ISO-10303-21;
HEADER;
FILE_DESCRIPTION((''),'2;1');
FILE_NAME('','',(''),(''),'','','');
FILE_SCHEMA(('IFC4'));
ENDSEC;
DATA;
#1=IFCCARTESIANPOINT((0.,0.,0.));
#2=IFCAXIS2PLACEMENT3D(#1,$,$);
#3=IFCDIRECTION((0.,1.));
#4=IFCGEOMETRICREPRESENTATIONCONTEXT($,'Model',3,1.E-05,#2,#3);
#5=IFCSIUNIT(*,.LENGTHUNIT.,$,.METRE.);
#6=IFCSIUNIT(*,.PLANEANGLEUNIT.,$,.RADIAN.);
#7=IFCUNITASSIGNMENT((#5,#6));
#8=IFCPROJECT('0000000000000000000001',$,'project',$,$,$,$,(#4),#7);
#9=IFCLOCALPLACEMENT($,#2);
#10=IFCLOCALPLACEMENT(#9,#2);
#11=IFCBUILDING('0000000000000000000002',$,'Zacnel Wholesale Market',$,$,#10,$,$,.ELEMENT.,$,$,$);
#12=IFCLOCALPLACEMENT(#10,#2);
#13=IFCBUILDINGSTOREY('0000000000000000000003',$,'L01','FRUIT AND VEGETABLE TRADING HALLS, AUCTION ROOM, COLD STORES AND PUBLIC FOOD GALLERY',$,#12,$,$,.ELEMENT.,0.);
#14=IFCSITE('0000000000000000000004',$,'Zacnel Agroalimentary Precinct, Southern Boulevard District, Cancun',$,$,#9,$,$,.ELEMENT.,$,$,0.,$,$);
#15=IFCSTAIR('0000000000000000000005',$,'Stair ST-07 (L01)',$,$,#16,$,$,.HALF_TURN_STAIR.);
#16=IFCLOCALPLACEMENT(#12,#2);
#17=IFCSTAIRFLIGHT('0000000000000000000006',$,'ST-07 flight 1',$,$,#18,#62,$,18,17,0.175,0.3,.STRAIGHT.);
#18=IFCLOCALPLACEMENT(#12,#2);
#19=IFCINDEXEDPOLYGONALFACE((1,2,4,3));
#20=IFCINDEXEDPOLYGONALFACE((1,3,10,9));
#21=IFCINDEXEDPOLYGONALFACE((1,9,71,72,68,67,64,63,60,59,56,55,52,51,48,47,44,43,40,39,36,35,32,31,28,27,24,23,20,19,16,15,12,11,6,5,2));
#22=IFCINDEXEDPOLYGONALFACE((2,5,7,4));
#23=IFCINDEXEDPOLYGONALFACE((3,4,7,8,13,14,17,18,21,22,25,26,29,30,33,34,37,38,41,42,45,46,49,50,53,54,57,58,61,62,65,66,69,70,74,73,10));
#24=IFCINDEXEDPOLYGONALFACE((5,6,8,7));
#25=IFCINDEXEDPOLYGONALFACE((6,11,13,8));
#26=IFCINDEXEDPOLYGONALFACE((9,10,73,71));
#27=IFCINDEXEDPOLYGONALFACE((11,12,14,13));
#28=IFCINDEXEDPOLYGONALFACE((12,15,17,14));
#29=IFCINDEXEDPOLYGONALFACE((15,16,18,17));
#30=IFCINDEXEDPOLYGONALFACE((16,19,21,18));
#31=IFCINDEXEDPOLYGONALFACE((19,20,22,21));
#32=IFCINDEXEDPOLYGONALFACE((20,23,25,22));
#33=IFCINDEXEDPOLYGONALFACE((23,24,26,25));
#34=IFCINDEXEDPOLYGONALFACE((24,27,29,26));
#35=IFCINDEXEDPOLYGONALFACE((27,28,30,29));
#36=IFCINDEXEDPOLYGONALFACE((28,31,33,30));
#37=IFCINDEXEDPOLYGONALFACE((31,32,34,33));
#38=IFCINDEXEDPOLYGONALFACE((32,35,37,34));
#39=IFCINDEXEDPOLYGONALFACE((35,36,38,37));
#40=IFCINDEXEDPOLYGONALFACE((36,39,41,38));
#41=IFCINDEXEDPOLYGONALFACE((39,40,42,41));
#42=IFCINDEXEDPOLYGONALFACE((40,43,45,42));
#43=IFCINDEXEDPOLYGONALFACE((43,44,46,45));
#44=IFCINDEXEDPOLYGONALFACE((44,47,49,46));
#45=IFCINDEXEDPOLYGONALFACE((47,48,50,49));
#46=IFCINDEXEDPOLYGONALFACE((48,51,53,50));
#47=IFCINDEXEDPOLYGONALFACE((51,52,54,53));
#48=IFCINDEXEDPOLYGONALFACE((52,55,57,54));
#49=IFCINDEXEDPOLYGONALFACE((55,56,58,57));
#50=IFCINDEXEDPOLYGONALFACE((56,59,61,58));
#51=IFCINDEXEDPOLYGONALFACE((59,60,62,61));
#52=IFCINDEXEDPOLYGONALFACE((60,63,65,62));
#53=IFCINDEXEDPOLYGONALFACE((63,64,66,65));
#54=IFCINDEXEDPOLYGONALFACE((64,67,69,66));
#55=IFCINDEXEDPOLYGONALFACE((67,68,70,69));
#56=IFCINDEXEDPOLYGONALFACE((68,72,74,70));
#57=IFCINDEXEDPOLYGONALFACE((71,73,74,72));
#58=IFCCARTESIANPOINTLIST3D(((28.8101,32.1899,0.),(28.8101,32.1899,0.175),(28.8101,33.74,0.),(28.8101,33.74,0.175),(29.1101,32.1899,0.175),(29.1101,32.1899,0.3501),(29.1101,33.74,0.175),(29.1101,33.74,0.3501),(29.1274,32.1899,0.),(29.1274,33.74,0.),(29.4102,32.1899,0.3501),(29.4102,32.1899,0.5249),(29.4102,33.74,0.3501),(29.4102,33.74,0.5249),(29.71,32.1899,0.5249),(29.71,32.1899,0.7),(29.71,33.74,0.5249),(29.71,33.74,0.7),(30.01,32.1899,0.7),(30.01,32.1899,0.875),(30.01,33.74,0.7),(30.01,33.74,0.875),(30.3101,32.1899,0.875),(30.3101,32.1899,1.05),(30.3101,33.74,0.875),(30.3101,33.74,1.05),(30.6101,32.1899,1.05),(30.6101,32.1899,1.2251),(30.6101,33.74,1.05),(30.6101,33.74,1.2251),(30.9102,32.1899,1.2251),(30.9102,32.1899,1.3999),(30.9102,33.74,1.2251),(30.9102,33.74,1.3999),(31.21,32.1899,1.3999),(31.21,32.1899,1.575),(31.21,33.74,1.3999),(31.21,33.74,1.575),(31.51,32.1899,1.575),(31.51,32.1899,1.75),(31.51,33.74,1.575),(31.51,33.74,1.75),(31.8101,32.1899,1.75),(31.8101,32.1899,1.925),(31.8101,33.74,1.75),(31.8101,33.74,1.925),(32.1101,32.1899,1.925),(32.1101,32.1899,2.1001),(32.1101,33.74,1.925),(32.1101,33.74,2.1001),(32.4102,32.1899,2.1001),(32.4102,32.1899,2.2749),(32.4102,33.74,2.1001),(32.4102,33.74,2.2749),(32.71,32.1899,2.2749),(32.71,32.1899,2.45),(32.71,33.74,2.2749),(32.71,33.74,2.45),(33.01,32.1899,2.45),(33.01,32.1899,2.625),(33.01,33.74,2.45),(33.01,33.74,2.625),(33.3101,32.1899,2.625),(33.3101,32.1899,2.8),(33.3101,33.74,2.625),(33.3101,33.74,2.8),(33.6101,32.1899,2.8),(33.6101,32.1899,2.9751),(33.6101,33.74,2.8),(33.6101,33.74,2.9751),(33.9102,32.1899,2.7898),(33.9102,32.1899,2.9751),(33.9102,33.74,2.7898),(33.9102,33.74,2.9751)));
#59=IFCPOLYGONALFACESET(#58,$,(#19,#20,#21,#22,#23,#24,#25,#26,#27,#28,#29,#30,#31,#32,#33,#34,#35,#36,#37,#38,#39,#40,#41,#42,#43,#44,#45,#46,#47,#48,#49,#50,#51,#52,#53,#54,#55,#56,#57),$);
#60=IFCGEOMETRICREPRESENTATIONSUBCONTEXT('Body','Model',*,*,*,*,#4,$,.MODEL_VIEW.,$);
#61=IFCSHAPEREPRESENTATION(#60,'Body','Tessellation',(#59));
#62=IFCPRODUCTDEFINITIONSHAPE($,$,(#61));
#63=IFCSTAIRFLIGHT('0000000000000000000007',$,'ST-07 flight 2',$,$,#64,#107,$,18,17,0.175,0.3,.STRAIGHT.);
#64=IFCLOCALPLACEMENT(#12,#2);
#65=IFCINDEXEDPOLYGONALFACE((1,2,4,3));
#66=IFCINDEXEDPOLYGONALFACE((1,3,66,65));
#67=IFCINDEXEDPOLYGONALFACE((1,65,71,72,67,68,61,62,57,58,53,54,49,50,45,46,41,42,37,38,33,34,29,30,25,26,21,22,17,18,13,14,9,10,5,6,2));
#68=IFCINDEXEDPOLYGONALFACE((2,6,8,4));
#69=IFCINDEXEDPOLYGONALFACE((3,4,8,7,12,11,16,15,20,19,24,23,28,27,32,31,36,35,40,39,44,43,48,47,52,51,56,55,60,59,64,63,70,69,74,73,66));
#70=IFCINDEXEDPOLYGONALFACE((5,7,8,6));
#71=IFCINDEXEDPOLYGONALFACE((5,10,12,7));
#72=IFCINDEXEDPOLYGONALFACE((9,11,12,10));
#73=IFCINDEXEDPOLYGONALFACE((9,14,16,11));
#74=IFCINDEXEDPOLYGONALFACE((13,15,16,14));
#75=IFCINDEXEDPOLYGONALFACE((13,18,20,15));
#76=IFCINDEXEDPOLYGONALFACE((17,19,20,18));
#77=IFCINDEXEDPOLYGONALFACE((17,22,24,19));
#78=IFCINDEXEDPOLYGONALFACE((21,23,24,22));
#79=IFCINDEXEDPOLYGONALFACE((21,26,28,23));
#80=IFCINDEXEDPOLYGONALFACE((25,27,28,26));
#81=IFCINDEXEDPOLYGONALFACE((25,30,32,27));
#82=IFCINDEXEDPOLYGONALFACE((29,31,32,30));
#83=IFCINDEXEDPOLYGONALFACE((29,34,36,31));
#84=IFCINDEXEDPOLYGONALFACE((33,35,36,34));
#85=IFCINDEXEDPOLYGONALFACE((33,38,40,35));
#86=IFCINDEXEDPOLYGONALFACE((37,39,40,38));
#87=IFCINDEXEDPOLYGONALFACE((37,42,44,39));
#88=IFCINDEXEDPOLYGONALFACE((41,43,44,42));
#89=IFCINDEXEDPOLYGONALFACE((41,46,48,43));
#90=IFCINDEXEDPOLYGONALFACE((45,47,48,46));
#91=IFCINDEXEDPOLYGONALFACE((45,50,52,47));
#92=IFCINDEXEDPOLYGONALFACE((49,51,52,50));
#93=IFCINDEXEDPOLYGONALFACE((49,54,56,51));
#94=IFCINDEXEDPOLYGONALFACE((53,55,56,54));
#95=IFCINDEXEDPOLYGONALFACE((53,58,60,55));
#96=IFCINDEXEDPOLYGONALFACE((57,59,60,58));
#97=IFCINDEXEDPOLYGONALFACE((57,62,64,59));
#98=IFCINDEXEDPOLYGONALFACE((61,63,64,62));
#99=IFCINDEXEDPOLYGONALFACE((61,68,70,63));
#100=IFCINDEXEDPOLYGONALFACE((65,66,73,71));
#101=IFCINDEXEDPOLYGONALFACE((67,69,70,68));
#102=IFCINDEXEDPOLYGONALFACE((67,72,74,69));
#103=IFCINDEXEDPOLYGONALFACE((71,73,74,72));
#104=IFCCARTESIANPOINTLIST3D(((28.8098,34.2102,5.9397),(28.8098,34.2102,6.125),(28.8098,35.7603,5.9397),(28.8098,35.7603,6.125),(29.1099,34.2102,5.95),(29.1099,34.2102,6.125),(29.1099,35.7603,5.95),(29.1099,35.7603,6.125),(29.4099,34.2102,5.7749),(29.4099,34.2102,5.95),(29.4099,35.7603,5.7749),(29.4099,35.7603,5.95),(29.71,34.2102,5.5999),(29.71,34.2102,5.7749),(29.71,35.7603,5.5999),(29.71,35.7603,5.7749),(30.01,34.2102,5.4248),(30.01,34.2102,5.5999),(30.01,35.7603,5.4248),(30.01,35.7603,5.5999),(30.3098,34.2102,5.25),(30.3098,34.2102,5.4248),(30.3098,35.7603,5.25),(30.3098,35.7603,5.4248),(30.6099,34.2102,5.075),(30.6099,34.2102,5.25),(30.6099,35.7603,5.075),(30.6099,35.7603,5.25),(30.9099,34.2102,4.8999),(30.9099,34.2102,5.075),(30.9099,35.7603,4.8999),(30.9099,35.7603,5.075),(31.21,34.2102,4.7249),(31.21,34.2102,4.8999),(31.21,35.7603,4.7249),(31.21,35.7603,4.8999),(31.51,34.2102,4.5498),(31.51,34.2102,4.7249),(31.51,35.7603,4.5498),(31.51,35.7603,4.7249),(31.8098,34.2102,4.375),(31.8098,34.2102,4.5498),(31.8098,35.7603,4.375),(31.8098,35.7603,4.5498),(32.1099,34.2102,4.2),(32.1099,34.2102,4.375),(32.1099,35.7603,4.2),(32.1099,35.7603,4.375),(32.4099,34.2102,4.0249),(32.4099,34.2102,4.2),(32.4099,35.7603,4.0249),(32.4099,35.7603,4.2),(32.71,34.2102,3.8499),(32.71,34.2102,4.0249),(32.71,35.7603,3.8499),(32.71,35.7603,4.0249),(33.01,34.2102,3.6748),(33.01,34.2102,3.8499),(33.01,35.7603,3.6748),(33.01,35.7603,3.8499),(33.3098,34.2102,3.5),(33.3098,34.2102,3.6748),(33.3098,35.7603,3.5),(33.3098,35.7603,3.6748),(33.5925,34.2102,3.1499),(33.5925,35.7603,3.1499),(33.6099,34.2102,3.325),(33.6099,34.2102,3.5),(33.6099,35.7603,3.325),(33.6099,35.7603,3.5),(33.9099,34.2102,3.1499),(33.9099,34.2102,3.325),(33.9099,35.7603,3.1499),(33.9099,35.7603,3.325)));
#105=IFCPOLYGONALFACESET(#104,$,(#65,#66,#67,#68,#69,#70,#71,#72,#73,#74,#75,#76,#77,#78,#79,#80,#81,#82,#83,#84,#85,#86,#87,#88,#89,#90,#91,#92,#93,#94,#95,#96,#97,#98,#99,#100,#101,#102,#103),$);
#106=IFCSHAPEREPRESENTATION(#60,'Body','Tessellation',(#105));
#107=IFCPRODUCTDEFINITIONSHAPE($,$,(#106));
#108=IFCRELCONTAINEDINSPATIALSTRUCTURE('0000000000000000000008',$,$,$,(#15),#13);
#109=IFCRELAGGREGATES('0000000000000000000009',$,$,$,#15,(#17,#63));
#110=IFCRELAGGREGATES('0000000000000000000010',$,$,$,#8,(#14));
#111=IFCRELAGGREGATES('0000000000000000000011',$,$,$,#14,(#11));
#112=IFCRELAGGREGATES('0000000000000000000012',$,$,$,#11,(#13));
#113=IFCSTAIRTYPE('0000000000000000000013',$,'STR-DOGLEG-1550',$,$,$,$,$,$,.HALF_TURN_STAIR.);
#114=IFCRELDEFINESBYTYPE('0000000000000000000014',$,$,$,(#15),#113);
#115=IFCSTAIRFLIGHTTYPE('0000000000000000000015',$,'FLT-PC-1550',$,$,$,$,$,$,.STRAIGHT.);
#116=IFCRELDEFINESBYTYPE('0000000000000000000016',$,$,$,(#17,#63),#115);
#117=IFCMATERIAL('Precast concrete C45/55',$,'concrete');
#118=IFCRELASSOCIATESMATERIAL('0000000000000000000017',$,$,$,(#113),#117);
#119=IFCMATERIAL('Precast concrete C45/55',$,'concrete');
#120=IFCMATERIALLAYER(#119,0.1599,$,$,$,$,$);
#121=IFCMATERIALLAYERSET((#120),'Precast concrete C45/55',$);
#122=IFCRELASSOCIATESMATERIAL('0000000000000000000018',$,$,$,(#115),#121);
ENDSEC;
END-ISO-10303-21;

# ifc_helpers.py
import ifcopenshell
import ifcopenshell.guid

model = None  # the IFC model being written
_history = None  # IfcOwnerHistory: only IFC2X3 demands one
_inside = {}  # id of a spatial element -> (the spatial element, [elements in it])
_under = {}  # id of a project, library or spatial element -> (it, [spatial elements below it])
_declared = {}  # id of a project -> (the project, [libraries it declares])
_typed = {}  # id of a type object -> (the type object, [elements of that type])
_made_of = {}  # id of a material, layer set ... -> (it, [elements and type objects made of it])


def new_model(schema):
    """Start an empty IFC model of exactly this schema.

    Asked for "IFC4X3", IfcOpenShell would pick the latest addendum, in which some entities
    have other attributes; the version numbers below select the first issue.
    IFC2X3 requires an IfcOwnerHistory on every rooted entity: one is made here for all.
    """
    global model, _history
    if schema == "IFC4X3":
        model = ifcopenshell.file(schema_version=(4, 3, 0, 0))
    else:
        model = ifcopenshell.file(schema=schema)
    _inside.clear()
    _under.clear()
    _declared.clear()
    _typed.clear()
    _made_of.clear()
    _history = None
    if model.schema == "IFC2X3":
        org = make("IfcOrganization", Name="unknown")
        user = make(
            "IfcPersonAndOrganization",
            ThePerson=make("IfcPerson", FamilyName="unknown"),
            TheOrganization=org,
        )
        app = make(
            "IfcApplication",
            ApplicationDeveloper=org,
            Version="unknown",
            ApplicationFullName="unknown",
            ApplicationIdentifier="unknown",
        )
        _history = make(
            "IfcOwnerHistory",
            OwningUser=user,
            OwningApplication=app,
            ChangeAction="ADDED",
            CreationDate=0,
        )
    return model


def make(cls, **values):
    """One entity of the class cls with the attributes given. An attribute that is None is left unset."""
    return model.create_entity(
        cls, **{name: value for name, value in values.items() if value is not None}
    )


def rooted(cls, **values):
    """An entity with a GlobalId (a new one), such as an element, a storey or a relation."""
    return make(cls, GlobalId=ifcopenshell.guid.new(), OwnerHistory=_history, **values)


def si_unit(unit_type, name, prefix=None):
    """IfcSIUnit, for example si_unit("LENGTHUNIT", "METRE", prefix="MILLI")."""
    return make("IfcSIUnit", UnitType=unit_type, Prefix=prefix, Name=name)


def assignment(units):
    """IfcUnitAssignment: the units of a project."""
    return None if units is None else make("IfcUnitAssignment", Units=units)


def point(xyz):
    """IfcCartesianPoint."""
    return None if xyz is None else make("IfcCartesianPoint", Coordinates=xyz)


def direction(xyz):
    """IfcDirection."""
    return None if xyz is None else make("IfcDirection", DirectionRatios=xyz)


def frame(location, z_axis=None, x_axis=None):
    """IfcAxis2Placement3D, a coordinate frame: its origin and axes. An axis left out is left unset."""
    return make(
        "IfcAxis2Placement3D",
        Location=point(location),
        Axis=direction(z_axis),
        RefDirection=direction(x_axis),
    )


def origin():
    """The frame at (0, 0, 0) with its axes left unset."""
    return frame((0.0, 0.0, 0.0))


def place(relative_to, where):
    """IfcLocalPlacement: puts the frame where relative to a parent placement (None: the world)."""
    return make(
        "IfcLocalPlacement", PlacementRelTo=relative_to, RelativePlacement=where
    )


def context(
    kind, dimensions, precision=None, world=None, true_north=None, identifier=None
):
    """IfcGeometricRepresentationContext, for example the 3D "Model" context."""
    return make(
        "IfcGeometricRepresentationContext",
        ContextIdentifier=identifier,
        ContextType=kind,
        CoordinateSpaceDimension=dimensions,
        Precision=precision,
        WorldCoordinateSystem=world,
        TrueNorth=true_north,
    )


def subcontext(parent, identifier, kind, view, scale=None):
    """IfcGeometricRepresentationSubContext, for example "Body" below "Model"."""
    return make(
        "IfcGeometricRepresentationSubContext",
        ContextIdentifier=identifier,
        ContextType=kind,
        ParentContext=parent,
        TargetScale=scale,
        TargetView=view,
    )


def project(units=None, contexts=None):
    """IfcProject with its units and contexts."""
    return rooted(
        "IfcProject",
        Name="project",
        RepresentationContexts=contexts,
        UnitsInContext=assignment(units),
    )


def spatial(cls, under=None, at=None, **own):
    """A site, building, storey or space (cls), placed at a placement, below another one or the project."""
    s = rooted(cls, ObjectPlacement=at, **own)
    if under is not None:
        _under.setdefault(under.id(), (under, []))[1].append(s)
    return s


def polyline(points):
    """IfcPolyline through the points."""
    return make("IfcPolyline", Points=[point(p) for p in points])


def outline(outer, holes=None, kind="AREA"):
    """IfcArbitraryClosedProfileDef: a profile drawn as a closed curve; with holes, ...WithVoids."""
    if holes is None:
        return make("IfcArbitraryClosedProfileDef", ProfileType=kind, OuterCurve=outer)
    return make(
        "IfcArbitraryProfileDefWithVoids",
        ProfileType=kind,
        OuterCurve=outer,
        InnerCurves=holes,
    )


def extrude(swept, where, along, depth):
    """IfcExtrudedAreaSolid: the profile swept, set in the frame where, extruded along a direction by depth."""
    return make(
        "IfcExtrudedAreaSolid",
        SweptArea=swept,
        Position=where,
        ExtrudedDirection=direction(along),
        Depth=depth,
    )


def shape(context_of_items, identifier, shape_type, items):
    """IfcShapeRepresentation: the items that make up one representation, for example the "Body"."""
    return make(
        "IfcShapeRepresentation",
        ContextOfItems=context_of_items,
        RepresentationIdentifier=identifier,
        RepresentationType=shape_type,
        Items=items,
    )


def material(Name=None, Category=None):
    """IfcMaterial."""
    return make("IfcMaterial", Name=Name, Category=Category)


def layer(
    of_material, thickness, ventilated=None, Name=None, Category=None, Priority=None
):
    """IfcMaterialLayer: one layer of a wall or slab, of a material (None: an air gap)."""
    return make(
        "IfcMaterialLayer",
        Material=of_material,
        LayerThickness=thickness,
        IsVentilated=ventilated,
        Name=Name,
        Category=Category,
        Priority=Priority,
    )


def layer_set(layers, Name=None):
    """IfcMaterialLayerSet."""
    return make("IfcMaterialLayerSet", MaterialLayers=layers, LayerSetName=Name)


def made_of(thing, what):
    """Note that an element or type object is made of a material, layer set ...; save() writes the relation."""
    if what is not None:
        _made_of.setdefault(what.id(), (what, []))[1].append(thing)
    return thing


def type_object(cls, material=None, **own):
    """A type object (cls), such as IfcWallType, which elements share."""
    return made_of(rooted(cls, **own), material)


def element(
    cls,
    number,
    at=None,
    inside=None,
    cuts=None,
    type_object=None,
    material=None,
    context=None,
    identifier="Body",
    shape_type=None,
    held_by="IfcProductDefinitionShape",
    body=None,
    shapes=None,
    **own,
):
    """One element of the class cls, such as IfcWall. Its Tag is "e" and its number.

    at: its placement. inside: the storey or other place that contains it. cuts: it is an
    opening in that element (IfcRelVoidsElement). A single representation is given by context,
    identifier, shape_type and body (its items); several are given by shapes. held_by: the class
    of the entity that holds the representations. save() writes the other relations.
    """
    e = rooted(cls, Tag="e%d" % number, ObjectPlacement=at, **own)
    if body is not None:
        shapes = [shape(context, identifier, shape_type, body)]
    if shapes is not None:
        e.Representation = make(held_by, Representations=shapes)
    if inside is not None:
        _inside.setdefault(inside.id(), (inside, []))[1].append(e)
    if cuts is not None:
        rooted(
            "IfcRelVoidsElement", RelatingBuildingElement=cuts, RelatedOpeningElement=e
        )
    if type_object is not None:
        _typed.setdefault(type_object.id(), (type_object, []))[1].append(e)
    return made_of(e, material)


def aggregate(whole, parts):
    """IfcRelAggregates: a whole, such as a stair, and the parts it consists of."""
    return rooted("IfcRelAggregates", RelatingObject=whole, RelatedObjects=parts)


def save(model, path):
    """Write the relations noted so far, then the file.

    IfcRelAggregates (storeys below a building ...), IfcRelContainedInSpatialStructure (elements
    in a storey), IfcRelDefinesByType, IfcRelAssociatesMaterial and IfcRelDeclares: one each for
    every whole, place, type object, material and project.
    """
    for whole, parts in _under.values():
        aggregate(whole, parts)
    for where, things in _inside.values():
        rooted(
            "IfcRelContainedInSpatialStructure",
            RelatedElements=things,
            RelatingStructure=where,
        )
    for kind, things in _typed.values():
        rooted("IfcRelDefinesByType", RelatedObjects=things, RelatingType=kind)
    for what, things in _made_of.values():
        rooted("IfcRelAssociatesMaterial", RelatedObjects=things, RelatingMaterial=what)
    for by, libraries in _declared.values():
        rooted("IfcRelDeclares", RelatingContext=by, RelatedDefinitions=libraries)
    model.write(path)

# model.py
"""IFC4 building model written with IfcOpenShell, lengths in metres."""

from ifc_helpers import new_model, si_unit, direction, frame, origin, place, context, subcontext, project, spatial, polyline, outline, extrude, material, layer, layer_set, type_object, element, aggregate, save


model = new_model("IFC4")

# Units and contexts
model_context = context("Model", 3, precision=1e-05, world=origin(), true_north=direction((0.0, 1.0)))
body_context = subcontext(model_context, "Body", "Model", "MODEL_VIEW")
ifc_project = project(units=[si_unit("LENGTHUNIT", "METRE"), si_unit("PLANEANGLEUNIT", "RADIAN")], contexts=[model_context])

# Site, building, storey
site_placement = place(None, origin())
site = spatial("IfcSite", under=ifc_project, at=site_placement, Name="Zacnel Agroalimentary Precinct, Southern Boulevard District, Cancun", CompositionType="ELEMENT", RefElevation=0.0)
building_placement = place(site_placement, origin())
building = spatial("IfcBuilding", under=site, at=building_placement, Name="Zacnel Wholesale Market", CompositionType="ELEMENT")
storey_placement = place(building_placement, origin())
storey = spatial("IfcBuildingStorey", under=building, at=storey_placement, Name="L01", Description="FRUIT AND VEGETABLE TRADING HALLS, AUCTION ROOM, COLD STORES AND PUBLIC FOOD GALLERY", CompositionType="ELEMENT", Elevation=0.0)

# Stair, stair flights
ifc_material_1 = material(Name="Precast concrete C45/55", Category="concrete")
stair_type = type_object("IfcStairType", Name="STR-DOGLEG-1550", PredefinedType="HALF_TURN_STAIR", material=ifc_material_1)
stair_placement = place(storey_placement, origin())
stair = element("IfcStair", 1, at=stair_placement, inside=storey, type_object=stair_type, Name="Stair ST-07 (L01)", PredefinedType="HALF_TURN_STAIR")
ifc_material_2 = material(Name="Precast concrete C45/55", Category="concrete")
ifc_layer_1 = layer(ifc_material_2, 0.1599)
ifc_layer_set_1 = layer_set([ifc_layer_1], Name="Precast concrete C45/55")
stair_flight_type = type_object("IfcStairFlightType", Name="FLT-PC-1550", PredefinedType="STRAIGHT", material=ifc_layer_set_1)
stair_flight_1_placement = place(storey_placement, frame((28.8101, 32.9651, 0.0), z_axis=(0.0, 0.0, 1.0), x_axis=(1.0, 0.0, 0.0)))
stair_flight_1 = element("IfcStairFlight", 2, at=stair_flight_1_placement, type_object=stair_flight_type, Name="ST-07 flight 1", NumberOfRisers=18, NumberOfTreads=17, PredefinedType="STRAIGHT", RiserHeight=0.175, TreadLength=0.3, context=body_context, shape_type="SweptSolid", body=[
    extrude(outline(polyline([(0.0, 0.0), (0.0, 0.175), (0.3, 0.175), (0.3, 0.3501), (0.6001, 0.3501), (0.6001, 0.5249), (0.8999, 0.5249), (0.8999, 0.7), (1.2, 0.7), (1.2, 0.875), (1.5, 0.875), (1.5, 1.05), (1.8, 1.05), (1.8, 1.2251), (2.1001, 1.2251), (2.1001, 1.3999), (2.3999, 1.3999), (2.3999, 1.575), (2.7, 1.575), (2.7, 1.75), (3.0, 1.75), (3.0, 1.925), (3.3, 1.925), (3.3, 2.1001), (3.6001, 2.1001), (3.6001, 2.2749), (3.8999, 2.2749), (3.8999, 2.45), (4.2, 2.45), (4.2, 2.625), (4.5, 2.625), (4.5, 2.8), (4.8, 2.8), (4.8, 2.9751), (5.1001, 2.9751), (5.1001, 3.1499), (5.1001, 2.7898), (0.3174, 0.0), (0.0, 0.0)])), frame((0.0, 0.7749, 0.0), z_axis=(0.0, -1.0, 0.0), x_axis=(1.0, 0.0, 0.0)), (0.0, 0.0, 1.0), 1.55),
])
stair_flight_2_placement = place(storey_placement, frame((33.9099, 34.9851, 3.1499), z_axis=(0.0, 0.0, 1.0), x_axis=(-1.0, 0.0, 0.0)))
stair_flight_2 = element("IfcStairFlight", 3, at=stair_flight_2_placement, type_object=stair_flight_type, Name="ST-07 flight 2", NumberOfRisers=18, NumberOfTreads=17, PredefinedType="STRAIGHT", RiserHeight=0.175, TreadLength=0.3, context=body_context, shape_type="SweptSolid", body=[
    extrude(outline(polyline([(0.0, 0.0), (0.0, 0.175), (0.3, 0.175), (0.3, 0.3501), (0.6001, 0.3501), (0.6001, 0.5249), (0.8999, 0.5249), (0.8999, 0.7), (1.2, 0.7), (1.2, 0.875), (1.5, 0.875), (1.5, 1.05), (1.8, 1.05), (1.8, 1.2251), (2.1001, 1.2251), (2.1001, 1.3999), (2.3999, 1.3999), (2.3999, 1.575), (2.7, 1.575), (2.7, 1.75), (3.0, 1.75), (3.0, 1.925), (3.3, 1.925), (3.3, 2.1001), (3.6001, 2.1001), (3.6001, 2.2749), (3.8999, 2.2749), (3.8999, 2.45), (4.2, 2.45), (4.2, 2.625), (4.5, 2.625), (4.5, 2.8), (4.8, 2.8), (4.8, 2.9751), (5.1001, 2.9751), (5.1001, 3.1499), (5.1001, 2.7898), (0.3174, 0.0), (0.0, 0.0)])), frame((0.0, 0.7749, 0.0), z_axis=(0.0, -1.0, 0.0), x_axis=(1.0, 0.0, 0.0)), (0.0, 0.0, 1.0), 1.55),
])
aggregate(stair, [stair_flight_1, stair_flight_2])

save(model, "model.ifc")
